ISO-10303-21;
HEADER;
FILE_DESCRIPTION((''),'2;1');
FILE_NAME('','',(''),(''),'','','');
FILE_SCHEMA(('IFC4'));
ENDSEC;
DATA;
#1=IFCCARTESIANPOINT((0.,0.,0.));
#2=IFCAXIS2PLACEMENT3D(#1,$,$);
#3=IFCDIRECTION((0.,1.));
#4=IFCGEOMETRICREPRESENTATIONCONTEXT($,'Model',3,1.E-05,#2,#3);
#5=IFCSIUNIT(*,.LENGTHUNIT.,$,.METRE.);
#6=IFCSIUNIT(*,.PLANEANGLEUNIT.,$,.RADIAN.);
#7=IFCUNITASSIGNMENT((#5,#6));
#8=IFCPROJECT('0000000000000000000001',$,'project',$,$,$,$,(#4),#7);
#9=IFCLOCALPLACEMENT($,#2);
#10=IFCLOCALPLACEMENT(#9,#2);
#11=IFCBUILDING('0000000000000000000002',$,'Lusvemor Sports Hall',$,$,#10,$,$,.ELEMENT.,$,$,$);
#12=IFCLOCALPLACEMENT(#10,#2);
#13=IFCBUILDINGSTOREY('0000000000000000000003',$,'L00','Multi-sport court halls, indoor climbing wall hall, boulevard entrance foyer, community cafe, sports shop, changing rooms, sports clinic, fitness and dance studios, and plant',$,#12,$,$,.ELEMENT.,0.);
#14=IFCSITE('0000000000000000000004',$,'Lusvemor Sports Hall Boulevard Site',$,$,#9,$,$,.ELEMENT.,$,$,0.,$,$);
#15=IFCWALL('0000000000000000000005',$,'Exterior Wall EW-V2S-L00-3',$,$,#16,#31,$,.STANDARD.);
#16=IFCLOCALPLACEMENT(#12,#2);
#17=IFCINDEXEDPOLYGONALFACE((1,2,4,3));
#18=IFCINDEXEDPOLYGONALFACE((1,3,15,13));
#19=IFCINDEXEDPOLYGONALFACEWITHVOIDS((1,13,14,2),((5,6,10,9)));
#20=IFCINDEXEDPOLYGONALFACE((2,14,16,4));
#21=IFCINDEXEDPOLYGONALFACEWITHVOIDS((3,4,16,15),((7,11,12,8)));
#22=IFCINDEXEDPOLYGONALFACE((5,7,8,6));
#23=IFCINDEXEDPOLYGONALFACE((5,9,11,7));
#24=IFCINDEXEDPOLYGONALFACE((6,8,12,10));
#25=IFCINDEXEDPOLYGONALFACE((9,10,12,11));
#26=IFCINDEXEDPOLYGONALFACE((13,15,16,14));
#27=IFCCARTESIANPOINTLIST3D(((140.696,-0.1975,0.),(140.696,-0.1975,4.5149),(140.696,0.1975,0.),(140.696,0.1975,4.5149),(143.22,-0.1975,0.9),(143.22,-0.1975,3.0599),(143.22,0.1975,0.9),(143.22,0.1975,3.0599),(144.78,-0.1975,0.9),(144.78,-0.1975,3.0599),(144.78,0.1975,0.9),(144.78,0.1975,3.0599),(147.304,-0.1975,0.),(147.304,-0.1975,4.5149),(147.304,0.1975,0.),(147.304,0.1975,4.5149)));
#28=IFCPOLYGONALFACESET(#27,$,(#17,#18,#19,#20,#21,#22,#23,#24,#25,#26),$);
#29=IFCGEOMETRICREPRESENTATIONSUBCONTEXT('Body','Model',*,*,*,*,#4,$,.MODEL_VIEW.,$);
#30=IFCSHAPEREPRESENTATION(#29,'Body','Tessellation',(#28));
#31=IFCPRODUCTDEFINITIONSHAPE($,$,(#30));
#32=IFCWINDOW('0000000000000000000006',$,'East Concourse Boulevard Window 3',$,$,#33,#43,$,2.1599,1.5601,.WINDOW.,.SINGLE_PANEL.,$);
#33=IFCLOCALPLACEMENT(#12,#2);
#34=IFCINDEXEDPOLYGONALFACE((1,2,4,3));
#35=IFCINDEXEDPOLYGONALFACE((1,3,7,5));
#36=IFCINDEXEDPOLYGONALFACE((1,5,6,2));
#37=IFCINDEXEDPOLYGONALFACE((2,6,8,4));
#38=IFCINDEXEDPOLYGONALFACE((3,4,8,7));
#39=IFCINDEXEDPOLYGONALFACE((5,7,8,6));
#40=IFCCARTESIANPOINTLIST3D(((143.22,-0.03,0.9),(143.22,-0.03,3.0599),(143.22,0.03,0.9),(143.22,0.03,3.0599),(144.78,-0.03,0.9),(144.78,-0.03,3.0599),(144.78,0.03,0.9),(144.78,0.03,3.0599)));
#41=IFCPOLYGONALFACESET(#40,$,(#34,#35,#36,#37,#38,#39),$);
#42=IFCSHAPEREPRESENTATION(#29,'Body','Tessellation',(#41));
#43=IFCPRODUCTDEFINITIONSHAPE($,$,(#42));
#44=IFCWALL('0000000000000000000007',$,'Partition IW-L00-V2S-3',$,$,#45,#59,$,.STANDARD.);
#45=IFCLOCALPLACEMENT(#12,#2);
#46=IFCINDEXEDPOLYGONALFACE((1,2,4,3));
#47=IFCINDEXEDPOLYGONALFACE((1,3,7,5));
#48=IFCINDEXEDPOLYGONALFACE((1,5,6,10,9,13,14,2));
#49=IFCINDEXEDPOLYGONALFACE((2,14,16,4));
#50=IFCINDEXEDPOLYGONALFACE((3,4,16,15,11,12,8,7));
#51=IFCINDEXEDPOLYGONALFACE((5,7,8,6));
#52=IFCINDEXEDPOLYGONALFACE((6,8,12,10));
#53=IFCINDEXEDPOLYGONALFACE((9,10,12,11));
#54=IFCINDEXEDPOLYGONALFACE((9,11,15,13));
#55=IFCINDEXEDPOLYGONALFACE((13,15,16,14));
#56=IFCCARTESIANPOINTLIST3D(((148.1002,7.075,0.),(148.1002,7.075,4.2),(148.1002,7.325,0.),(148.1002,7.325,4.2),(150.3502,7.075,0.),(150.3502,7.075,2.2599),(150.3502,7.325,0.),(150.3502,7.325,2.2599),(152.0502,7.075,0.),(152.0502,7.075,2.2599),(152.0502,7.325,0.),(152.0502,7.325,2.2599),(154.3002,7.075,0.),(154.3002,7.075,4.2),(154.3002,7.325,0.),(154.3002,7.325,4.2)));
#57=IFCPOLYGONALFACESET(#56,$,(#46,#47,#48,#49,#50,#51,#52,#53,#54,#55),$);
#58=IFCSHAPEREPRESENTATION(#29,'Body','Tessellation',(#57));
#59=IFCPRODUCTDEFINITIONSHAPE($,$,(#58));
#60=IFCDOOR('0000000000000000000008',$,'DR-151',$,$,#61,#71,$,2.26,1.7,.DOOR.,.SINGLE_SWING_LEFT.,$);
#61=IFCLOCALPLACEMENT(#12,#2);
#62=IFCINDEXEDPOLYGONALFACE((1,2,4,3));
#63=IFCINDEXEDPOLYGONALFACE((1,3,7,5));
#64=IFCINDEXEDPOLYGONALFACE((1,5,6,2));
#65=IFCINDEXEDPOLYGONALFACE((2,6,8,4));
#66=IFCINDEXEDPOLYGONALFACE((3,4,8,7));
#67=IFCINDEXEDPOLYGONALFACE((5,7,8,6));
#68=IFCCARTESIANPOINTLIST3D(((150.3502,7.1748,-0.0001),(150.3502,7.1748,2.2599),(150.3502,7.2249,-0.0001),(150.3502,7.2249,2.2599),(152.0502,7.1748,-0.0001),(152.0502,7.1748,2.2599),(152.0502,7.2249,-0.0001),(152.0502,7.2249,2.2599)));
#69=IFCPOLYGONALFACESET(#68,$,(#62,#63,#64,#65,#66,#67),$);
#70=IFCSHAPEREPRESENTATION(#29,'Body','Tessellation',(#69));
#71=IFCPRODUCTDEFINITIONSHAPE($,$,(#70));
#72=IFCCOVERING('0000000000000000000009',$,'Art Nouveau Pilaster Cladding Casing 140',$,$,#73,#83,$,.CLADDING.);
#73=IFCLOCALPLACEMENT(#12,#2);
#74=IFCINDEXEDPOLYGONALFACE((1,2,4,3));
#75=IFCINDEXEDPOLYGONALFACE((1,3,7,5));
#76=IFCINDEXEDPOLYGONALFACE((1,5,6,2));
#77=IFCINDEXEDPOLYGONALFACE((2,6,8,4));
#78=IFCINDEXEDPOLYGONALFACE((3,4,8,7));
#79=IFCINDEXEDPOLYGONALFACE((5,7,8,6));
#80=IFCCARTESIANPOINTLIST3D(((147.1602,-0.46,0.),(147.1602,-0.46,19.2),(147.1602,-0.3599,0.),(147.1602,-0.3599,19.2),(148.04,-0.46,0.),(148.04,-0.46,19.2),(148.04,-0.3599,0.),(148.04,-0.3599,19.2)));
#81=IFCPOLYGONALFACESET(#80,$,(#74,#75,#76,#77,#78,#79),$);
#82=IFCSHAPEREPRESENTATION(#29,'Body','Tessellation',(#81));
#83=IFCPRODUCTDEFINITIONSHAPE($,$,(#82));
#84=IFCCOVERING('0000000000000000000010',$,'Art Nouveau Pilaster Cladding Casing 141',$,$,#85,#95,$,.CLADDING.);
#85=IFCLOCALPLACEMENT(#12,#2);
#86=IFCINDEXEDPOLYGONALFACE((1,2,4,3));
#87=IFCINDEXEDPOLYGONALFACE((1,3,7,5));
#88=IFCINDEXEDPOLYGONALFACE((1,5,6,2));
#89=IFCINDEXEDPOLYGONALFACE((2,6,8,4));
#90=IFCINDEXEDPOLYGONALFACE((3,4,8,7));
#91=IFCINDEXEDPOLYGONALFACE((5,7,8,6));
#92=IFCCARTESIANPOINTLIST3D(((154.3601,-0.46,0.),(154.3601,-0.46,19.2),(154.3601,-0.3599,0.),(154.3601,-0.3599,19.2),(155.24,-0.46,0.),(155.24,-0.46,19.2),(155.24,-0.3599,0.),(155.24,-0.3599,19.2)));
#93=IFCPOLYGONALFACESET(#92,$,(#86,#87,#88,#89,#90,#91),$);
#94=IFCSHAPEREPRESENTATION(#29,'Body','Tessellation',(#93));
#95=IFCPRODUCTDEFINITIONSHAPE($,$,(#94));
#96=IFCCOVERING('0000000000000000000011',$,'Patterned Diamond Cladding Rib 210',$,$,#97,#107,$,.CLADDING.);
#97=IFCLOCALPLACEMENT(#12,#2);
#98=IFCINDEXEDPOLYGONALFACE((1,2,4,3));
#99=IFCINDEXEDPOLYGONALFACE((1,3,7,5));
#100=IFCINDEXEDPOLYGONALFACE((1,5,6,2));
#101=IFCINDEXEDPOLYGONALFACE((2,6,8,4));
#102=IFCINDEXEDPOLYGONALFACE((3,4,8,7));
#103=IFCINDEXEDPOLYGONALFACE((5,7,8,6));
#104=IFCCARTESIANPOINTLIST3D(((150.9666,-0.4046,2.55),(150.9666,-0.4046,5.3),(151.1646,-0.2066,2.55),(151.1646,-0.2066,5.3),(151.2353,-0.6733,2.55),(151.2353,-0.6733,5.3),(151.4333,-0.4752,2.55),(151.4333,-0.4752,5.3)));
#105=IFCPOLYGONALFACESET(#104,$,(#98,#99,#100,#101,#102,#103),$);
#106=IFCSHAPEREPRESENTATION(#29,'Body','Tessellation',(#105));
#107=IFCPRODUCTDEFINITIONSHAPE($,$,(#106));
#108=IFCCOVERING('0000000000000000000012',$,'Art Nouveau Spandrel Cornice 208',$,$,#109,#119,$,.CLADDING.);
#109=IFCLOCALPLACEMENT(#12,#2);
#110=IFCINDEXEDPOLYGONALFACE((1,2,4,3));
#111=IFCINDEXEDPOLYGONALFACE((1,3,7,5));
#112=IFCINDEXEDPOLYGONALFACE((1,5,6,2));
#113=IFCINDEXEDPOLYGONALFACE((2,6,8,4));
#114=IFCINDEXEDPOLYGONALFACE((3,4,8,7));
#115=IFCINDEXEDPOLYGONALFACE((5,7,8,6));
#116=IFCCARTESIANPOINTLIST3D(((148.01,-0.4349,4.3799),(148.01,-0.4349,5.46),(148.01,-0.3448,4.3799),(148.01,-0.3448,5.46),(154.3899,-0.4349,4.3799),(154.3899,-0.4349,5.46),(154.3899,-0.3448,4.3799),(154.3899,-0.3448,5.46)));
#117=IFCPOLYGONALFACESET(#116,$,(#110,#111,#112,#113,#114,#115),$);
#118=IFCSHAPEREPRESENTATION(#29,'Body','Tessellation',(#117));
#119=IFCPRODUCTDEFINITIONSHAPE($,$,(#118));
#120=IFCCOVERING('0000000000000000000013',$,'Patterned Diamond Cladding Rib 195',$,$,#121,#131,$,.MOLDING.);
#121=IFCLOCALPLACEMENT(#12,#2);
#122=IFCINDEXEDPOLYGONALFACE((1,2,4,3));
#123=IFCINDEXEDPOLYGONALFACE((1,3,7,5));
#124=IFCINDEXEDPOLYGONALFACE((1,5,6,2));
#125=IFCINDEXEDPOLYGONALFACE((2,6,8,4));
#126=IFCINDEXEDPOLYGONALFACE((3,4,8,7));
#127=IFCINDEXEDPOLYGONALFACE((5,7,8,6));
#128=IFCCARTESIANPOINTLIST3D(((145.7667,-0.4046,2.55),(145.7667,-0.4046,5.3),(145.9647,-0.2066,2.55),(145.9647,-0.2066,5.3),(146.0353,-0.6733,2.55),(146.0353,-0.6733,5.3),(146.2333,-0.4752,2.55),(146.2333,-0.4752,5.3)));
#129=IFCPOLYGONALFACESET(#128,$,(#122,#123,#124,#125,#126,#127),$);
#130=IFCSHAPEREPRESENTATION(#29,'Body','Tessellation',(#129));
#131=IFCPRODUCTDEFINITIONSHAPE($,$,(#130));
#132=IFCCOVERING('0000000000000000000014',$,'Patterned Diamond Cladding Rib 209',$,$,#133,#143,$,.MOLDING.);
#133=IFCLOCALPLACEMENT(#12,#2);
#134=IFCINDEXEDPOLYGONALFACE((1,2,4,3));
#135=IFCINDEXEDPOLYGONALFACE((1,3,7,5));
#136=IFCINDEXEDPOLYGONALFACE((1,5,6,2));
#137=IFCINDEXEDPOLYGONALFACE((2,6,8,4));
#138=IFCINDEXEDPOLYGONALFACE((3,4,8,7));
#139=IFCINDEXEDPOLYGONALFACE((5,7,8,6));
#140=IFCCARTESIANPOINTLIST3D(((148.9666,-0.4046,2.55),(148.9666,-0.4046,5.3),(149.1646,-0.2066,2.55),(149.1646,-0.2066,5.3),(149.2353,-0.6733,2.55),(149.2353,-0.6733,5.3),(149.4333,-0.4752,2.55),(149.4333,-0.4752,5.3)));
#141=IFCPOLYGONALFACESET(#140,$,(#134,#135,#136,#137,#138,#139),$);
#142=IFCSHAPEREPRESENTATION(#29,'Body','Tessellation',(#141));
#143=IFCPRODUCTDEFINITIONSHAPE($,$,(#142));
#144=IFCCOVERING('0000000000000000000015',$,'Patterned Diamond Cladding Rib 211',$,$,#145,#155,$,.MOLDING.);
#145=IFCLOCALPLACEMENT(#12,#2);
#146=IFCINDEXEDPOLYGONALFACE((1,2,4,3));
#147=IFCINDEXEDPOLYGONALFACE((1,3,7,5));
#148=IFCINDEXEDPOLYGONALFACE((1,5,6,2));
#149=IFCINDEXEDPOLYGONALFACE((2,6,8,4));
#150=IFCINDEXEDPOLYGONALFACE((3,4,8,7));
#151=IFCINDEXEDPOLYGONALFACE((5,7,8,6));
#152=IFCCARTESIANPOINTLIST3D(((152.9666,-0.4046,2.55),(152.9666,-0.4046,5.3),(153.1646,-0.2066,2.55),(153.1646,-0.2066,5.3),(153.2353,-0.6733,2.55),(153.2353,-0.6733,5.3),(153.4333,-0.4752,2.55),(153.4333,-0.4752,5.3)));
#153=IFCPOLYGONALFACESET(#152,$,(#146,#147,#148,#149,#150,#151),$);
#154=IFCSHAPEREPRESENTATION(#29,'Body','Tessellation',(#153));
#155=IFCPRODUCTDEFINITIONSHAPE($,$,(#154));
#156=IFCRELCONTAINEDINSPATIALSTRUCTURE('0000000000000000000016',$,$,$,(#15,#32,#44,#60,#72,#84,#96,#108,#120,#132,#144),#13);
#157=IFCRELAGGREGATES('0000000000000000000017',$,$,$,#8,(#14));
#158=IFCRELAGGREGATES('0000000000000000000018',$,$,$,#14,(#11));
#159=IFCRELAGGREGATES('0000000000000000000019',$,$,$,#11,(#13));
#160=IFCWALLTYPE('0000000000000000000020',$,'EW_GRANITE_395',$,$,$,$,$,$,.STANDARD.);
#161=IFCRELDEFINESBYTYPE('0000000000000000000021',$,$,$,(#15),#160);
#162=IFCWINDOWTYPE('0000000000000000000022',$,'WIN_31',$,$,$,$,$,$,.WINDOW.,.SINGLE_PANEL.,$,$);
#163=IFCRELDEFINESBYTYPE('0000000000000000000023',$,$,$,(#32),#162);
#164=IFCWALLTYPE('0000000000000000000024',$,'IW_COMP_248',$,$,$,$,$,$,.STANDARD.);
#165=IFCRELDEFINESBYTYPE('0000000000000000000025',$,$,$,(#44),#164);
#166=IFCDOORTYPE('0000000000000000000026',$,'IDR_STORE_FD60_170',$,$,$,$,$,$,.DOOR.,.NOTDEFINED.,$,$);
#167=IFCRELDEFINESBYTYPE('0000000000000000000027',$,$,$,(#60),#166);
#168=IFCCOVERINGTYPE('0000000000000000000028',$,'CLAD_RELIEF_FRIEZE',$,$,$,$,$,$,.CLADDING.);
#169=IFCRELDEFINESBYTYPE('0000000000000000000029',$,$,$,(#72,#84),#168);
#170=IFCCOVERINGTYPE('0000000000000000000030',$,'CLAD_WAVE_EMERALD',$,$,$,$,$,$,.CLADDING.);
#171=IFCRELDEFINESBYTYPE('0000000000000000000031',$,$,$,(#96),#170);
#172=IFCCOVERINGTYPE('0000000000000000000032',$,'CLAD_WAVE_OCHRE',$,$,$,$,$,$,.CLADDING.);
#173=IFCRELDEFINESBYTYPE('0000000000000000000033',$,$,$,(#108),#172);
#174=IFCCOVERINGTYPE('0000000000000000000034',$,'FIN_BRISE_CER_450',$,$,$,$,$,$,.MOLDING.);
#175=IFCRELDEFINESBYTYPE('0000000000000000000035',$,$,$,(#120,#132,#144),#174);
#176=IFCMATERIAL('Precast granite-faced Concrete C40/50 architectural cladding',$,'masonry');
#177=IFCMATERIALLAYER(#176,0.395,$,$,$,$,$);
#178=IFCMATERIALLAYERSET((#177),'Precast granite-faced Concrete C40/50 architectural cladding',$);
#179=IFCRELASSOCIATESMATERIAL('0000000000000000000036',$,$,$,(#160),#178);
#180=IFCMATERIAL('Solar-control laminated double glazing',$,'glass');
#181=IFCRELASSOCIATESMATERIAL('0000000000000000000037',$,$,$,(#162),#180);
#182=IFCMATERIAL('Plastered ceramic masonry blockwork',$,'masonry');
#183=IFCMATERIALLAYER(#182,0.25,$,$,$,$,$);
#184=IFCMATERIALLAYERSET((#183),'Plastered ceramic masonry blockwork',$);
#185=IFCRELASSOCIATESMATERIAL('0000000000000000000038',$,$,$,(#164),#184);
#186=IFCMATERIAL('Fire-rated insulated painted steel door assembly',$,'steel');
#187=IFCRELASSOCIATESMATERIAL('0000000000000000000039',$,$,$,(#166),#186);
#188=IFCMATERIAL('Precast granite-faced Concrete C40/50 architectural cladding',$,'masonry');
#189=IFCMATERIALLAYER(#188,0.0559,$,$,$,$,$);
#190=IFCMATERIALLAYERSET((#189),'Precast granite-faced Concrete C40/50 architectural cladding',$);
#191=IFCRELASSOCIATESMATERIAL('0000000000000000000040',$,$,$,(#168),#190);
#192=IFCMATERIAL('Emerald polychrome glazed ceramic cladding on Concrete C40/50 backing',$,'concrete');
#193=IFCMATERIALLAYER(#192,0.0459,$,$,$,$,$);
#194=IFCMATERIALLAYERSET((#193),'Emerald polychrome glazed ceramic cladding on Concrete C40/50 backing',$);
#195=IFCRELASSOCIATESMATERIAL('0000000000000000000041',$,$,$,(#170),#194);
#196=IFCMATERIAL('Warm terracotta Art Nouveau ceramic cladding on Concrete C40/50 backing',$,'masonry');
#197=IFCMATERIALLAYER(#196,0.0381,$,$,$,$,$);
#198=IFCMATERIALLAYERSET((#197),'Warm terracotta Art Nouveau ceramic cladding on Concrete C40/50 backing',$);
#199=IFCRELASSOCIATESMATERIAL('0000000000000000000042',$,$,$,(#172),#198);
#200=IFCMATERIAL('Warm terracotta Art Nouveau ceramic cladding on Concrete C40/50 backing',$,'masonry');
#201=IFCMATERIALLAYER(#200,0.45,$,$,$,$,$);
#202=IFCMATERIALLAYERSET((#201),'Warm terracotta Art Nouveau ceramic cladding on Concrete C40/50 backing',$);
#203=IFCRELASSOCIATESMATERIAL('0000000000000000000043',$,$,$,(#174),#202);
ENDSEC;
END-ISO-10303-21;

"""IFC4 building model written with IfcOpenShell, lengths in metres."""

from ifc_helpers import new_model, si_unit, direction, frame, frame_2d, origin, origin_2d, place, context, subcontext, project, spatial, rectangle, extrude, material, layer, layer_set, type_object, element, fill, save


model = new_model("IFC4")

# Units and contexts
model_context = context("Model", 3, precision=1e-05, world=origin(), true_north=direction((0.0, 1.0)))
body_context = subcontext(model_context, "Body", "Model", "MODEL_VIEW")
ifc_project = project(units=[si_unit("LENGTHUNIT", "METRE"), si_unit("PLANEANGLEUNIT", "RADIAN")], contexts=[model_context])

# Site, building, storey
site_placement = place(None, origin())
site = spatial("IfcSite", under=ifc_project, at=site_placement, Name="Lusvemor Sports Hall Boulevard Site", CompositionType="ELEMENT", RefElevation=0.0)
building_placement = place(site_placement, origin())
building = spatial("IfcBuilding", under=site, at=building_placement, Name="Lusvemor Sports Hall", CompositionType="ELEMENT")
storey_placement = place(building_placement, origin())
storey = spatial("IfcBuildingStorey", under=building, at=storey_placement, Name="L00", Description="Multi-sport court halls, indoor climbing wall hall, boulevard entrance foyer, community cafe, sports shop, changing rooms, sports clinic, fitness and dance studios, and plant", CompositionType="ELEMENT", Elevation=0.0)

# Wall, opening, window
ifc_material_1 = material(Name="Precast granite-faced Concrete C40/50 architectural cladding", Category="masonry")
ifc_layer_1 = layer(ifc_material_1, 0.395)
ifc_layer_set_1 = layer_set([ifc_layer_1], Name="Precast granite-faced Concrete C40/50 architectural cladding")
wall_type_1 = type_object("IfcWallType", Name="EW_GRANITE_395", PredefinedType="STANDARD", material=ifc_layer_set_1)
wall_1_placement = place(storey_placement, frame((147.304, 0.0, 0.0), z_axis=(0.0, 0.0, 1.0), x_axis=(-1.0, 0.0, 0.0)))
wall_1 = element("IfcWall", 1, at=wall_1_placement, inside=storey, type_object=wall_type_1, Name="Exterior Wall EW-V2S-L00-3", PredefinedType="STANDARD", context=body_context, shape_type="SweptSolid", body=[
    extrude(rectangle(XDim=6.6079, YDim=0.395, at=frame_2d((3.304, 0.0))), origin(), (0.0, 0.0, 1.0), 4.5149),
])
opening_1_placement = place(wall_1_placement, frame((2.5239, 0.0, 0.8999)))
opening_1 = element("IfcOpeningElement", 2, at=opening_1_placement, cuts=wall_1, PredefinedType="OPENING", context=body_context, shape_type="SweptSolid", body=[
    extrude(rectangle(XDim=1.5601, YDim=2.1599, at=frame_2d((0.78, 1.0801))), frame((0.0, 0.1975, 0.0), z_axis=(0.0, -1.0, 0.0), x_axis=(1.0, 0.0, 0.0)), (0.0, 0.0, 1.0), 0.395),
])
ifc_material_2 = material(Name="Solar-control laminated double glazing", Category="glass")
window_type = type_object("IfcWindowType", Name="WIN_31", PartitioningType="SINGLE_PANEL", PredefinedType="WINDOW", material=ifc_material_2)
window_placement = place(opening_1_placement, origin())
window = element("IfcWindow", 3, at=window_placement, inside=storey, type_object=window_type, Name="East Concourse Boulevard Window 3", OverallHeight=2.1599, OverallWidth=1.5601, PartitioningType="SINGLE_PANEL", PredefinedType="WINDOW", context=body_context, shape_type="SweptSolid", body=[
    extrude(rectangle(XDim=1.5601, YDim=2.1599, at=frame_2d((0.78, 1.0801))), frame((0.0, 0.03, 0.0), z_axis=(0.0, -1.0, 0.0), x_axis=(1.0, 0.0, 0.0)), (0.0, 0.0, 1.0), 0.0601),
])
fill(opening_1, window)

# Wall, opening, door
ifc_material_3 = material(Name="Plastered ceramic masonry blockwork", Category="masonry")
ifc_layer_2 = layer(ifc_material_3, 0.25)
ifc_layer_set_2 = layer_set([ifc_layer_2], Name="Plastered ceramic masonry blockwork")
wall_type_2 = type_object("IfcWallType", Name="IW_COMP_248", PredefinedType="STANDARD", material=ifc_layer_set_2)
wall_2_placement = place(storey_placement, frame((148.1001, 7.2, 0.0), z_axis=(0.0, 0.0, 1.0), x_axis=(1.0, 0.0, 0.0)))
wall_2 = element("IfcWall", 4, at=wall_2_placement, inside=storey, type_object=wall_type_2, Name="Partition IW-L00-V2S-3", PredefinedType="STANDARD", context=body_context, shape_type="SweptSolid", body=[
    extrude(rectangle(XDim=6.2, YDim=0.25, at=frame_2d((3.1001, 0.0))), origin(), (0.0, 0.0, 1.0), 4.2),
])
opening_2_placement = place(wall_2_placement, frame((2.25, 0.0, 0.0)))
opening_2 = element("IfcOpeningElement", 5, at=opening_2_placement, cuts=wall_2, PredefinedType="OPENING", context=body_context, shape_type="SweptSolid", body=[
    extrude(rectangle(XDim=1.7, YDim=2.26, at=frame_2d((0.8501, 1.1299))), frame((0.0, 0.125, 0.0), z_axis=(0.0, -1.0, 0.0), x_axis=(1.0, 0.0, 0.0)), (0.0, 0.0, 1.0), 0.25),
])
ifc_material_4 = material(Name="Fire-rated insulated painted steel door assembly", Category="steel")
door_type_1 = type_object("IfcDoorType", Name="IDR_STORE_FD60_170", OperationType="NOTDEFINED", PredefinedType="DOOR", material=ifc_material_4)
door_1_placement = place(opening_2_placement, origin())
door_1 = element("IfcDoor", 6, at=door_1_placement, inside=storey, type_object=door_type_1, Name="DR-151", OperationType="SINGLE_SWING_LEFT", OverallHeight=2.26, OverallWidth=1.7, PredefinedType="DOOR", context=body_context, shape_type="SweptSolid", body=[
    extrude(rectangle(XDim=1.7, YDim=2.26, at=frame_2d((0.8501, 1.1299))), frame((0.0, 0.0249, 0.0), z_axis=(0.0, -1.0, 0.0), x_axis=(1.0, 0.0, 0.0)), (0.0, 0.0, 1.0), 0.05),
])
fill(opening_2, door_1)

# Coverings
ifc_material_5 = material(Name="Precast granite-faced Concrete C40/50 architectural cladding", Category="masonry")
ifc_layer_3 = layer(ifc_material_5, 0.0559)
ifc_layer_set_3 = layer_set([ifc_layer_3], Name="Precast granite-faced Concrete C40/50 architectural cladding")
covering_type_1 = type_object("IfcCoveringType", Name="CLAD_RELIEF_FRIEZE", PredefinedType="CLADDING", material=ifc_layer_set_3)
for number, where, z_axis, x_axis, name in (
    (7, (147.6001, -0.4099, 0.0), (0.0, 0.0, 1.0), (1.0, 0.0, 0.0), "Art Nouveau Pilaster Cladding Casing 140"),
    (8, (154.8, -0.4099, 0.0), (0.0, 0.0, 1.0), (1.0, 0.0, 0.0), "Art Nouveau Pilaster Cladding Casing 141"),
):
    element("IfcCovering", number, at=place(storey_placement, frame(where, z_axis=z_axis, x_axis=x_axis)), inside=storey, type_object=covering_type_1, Name=name, PredefinedType="CLADDING", context=body_context, shape_type="SweptSolid", body=[
        extrude(rectangle(XDim=0.8799, YDim=0.1001, at=origin_2d()), origin(), (0.0, 0.0, 1.0), 19.2),
    ])
ifc_material_6 = material(Name="Emerald polychrome glazed ceramic cladding on Concrete C40/50 backing", Category="concrete")
ifc_layer_4 = layer(ifc_material_6, 0.0459)
ifc_layer_set_4 = layer_set([ifc_layer_4], Name="Emerald polychrome glazed ceramic cladding on Concrete C40/50 backing")
covering_type_2 = type_object("IfcCoveringType", Name="CLAD_WAVE_EMERALD", PredefinedType="CLADDING", material=ifc_layer_set_4)
covering_1_placement = place(storey_placement, frame((151.2, -0.4399, 2.55), z_axis=(0.0, 0.0, 1.0), x_axis=(0.707107, 0.707107, 0.0)))
element("IfcCovering", 9, at=covering_1_placement, inside=storey, type_object=covering_type_2, Name="Patterned Diamond Cladding Rib 210", PredefinedType="CLADDING", context=body_context, shape_type="SweptSolid", body=[
    extrude(rectangle(XDim=0.28, YDim=0.3799, at=origin_2d()), origin(), (0.0, 0.0, 1.0), 2.75),
])
ifc_material_7 = material(Name="Warm terracotta Art Nouveau ceramic cladding on Concrete C40/50 backing", Category="masonry")
ifc_layer_5 = layer(ifc_material_7, 0.0381)
ifc_layer_set_5 = layer_set([ifc_layer_5], Name="Warm terracotta Art Nouveau ceramic cladding on Concrete C40/50 backing")
covering_type_3 = type_object("IfcCoveringType", Name="CLAD_WAVE_OCHRE", PredefinedType="CLADDING", material=ifc_layer_set_5)
covering_2_placement = place(storey_placement, frame((151.2, -0.3899, 4.3799), z_axis=(0.0, 0.0, 1.0), x_axis=(1.0, 0.0, 0.0)))
element("IfcCovering", 10, at=covering_2_placement, inside=storey, type_object=covering_type_3, Name="Art Nouveau Spandrel Cornice 208", PredefinedType="CLADDING", context=body_context, shape_type="SweptSolid", body=[
    extrude(rectangle(XDim=6.3799, YDim=0.0901, at=origin_2d()), origin(), (0.0, 0.0, 1.0), 1.0801),
])
ifc_material_8 = material(Name="Warm terracotta Art Nouveau ceramic cladding on Concrete C40/50 backing", Category="masonry")
ifc_layer_6 = layer(ifc_material_8, 0.45)
ifc_layer_set_6 = layer_set([ifc_layer_6], Name="Warm terracotta Art Nouveau ceramic cladding on Concrete C40/50 backing")
covering_type_4 = type_object("IfcCoveringType", Name="FIN_BRISE_CER_450", PredefinedType="MOLDING", material=ifc_layer_set_6)
for number, where, z_axis, x_axis, name in (
    (11, (146.0, -0.4399, 2.55), (0.0, 0.0, 1.0), (0.707107, 0.707107, 0.0), "Patterned Diamond Cladding Rib 195"),
    (12, (149.2, -0.4399, 2.55), (0.0, 0.0, 1.0), (0.707107, 0.707107, 0.0), "Patterned Diamond Cladding Rib 209"),
    (13, (153.2, -0.4399, 2.55), (0.0, 0.0, 1.0), (0.707107, 0.707107, 0.0), "Patterned Diamond Cladding Rib 211"),
):
    element("IfcCovering", number, at=place(storey_placement, frame(where, z_axis=z_axis, x_axis=x_axis)), inside=storey, type_object=covering_type_4, Name=name, PredefinedType="MOLDING", context=body_context, shape_type="SweptSolid", body=[
        extrude(rectangle(XDim=0.28, YDim=0.3799, at=origin_2d()), origin(), (0.0, 0.0, 1.0), 2.75),
    ])

save(model, "model.ifc")
